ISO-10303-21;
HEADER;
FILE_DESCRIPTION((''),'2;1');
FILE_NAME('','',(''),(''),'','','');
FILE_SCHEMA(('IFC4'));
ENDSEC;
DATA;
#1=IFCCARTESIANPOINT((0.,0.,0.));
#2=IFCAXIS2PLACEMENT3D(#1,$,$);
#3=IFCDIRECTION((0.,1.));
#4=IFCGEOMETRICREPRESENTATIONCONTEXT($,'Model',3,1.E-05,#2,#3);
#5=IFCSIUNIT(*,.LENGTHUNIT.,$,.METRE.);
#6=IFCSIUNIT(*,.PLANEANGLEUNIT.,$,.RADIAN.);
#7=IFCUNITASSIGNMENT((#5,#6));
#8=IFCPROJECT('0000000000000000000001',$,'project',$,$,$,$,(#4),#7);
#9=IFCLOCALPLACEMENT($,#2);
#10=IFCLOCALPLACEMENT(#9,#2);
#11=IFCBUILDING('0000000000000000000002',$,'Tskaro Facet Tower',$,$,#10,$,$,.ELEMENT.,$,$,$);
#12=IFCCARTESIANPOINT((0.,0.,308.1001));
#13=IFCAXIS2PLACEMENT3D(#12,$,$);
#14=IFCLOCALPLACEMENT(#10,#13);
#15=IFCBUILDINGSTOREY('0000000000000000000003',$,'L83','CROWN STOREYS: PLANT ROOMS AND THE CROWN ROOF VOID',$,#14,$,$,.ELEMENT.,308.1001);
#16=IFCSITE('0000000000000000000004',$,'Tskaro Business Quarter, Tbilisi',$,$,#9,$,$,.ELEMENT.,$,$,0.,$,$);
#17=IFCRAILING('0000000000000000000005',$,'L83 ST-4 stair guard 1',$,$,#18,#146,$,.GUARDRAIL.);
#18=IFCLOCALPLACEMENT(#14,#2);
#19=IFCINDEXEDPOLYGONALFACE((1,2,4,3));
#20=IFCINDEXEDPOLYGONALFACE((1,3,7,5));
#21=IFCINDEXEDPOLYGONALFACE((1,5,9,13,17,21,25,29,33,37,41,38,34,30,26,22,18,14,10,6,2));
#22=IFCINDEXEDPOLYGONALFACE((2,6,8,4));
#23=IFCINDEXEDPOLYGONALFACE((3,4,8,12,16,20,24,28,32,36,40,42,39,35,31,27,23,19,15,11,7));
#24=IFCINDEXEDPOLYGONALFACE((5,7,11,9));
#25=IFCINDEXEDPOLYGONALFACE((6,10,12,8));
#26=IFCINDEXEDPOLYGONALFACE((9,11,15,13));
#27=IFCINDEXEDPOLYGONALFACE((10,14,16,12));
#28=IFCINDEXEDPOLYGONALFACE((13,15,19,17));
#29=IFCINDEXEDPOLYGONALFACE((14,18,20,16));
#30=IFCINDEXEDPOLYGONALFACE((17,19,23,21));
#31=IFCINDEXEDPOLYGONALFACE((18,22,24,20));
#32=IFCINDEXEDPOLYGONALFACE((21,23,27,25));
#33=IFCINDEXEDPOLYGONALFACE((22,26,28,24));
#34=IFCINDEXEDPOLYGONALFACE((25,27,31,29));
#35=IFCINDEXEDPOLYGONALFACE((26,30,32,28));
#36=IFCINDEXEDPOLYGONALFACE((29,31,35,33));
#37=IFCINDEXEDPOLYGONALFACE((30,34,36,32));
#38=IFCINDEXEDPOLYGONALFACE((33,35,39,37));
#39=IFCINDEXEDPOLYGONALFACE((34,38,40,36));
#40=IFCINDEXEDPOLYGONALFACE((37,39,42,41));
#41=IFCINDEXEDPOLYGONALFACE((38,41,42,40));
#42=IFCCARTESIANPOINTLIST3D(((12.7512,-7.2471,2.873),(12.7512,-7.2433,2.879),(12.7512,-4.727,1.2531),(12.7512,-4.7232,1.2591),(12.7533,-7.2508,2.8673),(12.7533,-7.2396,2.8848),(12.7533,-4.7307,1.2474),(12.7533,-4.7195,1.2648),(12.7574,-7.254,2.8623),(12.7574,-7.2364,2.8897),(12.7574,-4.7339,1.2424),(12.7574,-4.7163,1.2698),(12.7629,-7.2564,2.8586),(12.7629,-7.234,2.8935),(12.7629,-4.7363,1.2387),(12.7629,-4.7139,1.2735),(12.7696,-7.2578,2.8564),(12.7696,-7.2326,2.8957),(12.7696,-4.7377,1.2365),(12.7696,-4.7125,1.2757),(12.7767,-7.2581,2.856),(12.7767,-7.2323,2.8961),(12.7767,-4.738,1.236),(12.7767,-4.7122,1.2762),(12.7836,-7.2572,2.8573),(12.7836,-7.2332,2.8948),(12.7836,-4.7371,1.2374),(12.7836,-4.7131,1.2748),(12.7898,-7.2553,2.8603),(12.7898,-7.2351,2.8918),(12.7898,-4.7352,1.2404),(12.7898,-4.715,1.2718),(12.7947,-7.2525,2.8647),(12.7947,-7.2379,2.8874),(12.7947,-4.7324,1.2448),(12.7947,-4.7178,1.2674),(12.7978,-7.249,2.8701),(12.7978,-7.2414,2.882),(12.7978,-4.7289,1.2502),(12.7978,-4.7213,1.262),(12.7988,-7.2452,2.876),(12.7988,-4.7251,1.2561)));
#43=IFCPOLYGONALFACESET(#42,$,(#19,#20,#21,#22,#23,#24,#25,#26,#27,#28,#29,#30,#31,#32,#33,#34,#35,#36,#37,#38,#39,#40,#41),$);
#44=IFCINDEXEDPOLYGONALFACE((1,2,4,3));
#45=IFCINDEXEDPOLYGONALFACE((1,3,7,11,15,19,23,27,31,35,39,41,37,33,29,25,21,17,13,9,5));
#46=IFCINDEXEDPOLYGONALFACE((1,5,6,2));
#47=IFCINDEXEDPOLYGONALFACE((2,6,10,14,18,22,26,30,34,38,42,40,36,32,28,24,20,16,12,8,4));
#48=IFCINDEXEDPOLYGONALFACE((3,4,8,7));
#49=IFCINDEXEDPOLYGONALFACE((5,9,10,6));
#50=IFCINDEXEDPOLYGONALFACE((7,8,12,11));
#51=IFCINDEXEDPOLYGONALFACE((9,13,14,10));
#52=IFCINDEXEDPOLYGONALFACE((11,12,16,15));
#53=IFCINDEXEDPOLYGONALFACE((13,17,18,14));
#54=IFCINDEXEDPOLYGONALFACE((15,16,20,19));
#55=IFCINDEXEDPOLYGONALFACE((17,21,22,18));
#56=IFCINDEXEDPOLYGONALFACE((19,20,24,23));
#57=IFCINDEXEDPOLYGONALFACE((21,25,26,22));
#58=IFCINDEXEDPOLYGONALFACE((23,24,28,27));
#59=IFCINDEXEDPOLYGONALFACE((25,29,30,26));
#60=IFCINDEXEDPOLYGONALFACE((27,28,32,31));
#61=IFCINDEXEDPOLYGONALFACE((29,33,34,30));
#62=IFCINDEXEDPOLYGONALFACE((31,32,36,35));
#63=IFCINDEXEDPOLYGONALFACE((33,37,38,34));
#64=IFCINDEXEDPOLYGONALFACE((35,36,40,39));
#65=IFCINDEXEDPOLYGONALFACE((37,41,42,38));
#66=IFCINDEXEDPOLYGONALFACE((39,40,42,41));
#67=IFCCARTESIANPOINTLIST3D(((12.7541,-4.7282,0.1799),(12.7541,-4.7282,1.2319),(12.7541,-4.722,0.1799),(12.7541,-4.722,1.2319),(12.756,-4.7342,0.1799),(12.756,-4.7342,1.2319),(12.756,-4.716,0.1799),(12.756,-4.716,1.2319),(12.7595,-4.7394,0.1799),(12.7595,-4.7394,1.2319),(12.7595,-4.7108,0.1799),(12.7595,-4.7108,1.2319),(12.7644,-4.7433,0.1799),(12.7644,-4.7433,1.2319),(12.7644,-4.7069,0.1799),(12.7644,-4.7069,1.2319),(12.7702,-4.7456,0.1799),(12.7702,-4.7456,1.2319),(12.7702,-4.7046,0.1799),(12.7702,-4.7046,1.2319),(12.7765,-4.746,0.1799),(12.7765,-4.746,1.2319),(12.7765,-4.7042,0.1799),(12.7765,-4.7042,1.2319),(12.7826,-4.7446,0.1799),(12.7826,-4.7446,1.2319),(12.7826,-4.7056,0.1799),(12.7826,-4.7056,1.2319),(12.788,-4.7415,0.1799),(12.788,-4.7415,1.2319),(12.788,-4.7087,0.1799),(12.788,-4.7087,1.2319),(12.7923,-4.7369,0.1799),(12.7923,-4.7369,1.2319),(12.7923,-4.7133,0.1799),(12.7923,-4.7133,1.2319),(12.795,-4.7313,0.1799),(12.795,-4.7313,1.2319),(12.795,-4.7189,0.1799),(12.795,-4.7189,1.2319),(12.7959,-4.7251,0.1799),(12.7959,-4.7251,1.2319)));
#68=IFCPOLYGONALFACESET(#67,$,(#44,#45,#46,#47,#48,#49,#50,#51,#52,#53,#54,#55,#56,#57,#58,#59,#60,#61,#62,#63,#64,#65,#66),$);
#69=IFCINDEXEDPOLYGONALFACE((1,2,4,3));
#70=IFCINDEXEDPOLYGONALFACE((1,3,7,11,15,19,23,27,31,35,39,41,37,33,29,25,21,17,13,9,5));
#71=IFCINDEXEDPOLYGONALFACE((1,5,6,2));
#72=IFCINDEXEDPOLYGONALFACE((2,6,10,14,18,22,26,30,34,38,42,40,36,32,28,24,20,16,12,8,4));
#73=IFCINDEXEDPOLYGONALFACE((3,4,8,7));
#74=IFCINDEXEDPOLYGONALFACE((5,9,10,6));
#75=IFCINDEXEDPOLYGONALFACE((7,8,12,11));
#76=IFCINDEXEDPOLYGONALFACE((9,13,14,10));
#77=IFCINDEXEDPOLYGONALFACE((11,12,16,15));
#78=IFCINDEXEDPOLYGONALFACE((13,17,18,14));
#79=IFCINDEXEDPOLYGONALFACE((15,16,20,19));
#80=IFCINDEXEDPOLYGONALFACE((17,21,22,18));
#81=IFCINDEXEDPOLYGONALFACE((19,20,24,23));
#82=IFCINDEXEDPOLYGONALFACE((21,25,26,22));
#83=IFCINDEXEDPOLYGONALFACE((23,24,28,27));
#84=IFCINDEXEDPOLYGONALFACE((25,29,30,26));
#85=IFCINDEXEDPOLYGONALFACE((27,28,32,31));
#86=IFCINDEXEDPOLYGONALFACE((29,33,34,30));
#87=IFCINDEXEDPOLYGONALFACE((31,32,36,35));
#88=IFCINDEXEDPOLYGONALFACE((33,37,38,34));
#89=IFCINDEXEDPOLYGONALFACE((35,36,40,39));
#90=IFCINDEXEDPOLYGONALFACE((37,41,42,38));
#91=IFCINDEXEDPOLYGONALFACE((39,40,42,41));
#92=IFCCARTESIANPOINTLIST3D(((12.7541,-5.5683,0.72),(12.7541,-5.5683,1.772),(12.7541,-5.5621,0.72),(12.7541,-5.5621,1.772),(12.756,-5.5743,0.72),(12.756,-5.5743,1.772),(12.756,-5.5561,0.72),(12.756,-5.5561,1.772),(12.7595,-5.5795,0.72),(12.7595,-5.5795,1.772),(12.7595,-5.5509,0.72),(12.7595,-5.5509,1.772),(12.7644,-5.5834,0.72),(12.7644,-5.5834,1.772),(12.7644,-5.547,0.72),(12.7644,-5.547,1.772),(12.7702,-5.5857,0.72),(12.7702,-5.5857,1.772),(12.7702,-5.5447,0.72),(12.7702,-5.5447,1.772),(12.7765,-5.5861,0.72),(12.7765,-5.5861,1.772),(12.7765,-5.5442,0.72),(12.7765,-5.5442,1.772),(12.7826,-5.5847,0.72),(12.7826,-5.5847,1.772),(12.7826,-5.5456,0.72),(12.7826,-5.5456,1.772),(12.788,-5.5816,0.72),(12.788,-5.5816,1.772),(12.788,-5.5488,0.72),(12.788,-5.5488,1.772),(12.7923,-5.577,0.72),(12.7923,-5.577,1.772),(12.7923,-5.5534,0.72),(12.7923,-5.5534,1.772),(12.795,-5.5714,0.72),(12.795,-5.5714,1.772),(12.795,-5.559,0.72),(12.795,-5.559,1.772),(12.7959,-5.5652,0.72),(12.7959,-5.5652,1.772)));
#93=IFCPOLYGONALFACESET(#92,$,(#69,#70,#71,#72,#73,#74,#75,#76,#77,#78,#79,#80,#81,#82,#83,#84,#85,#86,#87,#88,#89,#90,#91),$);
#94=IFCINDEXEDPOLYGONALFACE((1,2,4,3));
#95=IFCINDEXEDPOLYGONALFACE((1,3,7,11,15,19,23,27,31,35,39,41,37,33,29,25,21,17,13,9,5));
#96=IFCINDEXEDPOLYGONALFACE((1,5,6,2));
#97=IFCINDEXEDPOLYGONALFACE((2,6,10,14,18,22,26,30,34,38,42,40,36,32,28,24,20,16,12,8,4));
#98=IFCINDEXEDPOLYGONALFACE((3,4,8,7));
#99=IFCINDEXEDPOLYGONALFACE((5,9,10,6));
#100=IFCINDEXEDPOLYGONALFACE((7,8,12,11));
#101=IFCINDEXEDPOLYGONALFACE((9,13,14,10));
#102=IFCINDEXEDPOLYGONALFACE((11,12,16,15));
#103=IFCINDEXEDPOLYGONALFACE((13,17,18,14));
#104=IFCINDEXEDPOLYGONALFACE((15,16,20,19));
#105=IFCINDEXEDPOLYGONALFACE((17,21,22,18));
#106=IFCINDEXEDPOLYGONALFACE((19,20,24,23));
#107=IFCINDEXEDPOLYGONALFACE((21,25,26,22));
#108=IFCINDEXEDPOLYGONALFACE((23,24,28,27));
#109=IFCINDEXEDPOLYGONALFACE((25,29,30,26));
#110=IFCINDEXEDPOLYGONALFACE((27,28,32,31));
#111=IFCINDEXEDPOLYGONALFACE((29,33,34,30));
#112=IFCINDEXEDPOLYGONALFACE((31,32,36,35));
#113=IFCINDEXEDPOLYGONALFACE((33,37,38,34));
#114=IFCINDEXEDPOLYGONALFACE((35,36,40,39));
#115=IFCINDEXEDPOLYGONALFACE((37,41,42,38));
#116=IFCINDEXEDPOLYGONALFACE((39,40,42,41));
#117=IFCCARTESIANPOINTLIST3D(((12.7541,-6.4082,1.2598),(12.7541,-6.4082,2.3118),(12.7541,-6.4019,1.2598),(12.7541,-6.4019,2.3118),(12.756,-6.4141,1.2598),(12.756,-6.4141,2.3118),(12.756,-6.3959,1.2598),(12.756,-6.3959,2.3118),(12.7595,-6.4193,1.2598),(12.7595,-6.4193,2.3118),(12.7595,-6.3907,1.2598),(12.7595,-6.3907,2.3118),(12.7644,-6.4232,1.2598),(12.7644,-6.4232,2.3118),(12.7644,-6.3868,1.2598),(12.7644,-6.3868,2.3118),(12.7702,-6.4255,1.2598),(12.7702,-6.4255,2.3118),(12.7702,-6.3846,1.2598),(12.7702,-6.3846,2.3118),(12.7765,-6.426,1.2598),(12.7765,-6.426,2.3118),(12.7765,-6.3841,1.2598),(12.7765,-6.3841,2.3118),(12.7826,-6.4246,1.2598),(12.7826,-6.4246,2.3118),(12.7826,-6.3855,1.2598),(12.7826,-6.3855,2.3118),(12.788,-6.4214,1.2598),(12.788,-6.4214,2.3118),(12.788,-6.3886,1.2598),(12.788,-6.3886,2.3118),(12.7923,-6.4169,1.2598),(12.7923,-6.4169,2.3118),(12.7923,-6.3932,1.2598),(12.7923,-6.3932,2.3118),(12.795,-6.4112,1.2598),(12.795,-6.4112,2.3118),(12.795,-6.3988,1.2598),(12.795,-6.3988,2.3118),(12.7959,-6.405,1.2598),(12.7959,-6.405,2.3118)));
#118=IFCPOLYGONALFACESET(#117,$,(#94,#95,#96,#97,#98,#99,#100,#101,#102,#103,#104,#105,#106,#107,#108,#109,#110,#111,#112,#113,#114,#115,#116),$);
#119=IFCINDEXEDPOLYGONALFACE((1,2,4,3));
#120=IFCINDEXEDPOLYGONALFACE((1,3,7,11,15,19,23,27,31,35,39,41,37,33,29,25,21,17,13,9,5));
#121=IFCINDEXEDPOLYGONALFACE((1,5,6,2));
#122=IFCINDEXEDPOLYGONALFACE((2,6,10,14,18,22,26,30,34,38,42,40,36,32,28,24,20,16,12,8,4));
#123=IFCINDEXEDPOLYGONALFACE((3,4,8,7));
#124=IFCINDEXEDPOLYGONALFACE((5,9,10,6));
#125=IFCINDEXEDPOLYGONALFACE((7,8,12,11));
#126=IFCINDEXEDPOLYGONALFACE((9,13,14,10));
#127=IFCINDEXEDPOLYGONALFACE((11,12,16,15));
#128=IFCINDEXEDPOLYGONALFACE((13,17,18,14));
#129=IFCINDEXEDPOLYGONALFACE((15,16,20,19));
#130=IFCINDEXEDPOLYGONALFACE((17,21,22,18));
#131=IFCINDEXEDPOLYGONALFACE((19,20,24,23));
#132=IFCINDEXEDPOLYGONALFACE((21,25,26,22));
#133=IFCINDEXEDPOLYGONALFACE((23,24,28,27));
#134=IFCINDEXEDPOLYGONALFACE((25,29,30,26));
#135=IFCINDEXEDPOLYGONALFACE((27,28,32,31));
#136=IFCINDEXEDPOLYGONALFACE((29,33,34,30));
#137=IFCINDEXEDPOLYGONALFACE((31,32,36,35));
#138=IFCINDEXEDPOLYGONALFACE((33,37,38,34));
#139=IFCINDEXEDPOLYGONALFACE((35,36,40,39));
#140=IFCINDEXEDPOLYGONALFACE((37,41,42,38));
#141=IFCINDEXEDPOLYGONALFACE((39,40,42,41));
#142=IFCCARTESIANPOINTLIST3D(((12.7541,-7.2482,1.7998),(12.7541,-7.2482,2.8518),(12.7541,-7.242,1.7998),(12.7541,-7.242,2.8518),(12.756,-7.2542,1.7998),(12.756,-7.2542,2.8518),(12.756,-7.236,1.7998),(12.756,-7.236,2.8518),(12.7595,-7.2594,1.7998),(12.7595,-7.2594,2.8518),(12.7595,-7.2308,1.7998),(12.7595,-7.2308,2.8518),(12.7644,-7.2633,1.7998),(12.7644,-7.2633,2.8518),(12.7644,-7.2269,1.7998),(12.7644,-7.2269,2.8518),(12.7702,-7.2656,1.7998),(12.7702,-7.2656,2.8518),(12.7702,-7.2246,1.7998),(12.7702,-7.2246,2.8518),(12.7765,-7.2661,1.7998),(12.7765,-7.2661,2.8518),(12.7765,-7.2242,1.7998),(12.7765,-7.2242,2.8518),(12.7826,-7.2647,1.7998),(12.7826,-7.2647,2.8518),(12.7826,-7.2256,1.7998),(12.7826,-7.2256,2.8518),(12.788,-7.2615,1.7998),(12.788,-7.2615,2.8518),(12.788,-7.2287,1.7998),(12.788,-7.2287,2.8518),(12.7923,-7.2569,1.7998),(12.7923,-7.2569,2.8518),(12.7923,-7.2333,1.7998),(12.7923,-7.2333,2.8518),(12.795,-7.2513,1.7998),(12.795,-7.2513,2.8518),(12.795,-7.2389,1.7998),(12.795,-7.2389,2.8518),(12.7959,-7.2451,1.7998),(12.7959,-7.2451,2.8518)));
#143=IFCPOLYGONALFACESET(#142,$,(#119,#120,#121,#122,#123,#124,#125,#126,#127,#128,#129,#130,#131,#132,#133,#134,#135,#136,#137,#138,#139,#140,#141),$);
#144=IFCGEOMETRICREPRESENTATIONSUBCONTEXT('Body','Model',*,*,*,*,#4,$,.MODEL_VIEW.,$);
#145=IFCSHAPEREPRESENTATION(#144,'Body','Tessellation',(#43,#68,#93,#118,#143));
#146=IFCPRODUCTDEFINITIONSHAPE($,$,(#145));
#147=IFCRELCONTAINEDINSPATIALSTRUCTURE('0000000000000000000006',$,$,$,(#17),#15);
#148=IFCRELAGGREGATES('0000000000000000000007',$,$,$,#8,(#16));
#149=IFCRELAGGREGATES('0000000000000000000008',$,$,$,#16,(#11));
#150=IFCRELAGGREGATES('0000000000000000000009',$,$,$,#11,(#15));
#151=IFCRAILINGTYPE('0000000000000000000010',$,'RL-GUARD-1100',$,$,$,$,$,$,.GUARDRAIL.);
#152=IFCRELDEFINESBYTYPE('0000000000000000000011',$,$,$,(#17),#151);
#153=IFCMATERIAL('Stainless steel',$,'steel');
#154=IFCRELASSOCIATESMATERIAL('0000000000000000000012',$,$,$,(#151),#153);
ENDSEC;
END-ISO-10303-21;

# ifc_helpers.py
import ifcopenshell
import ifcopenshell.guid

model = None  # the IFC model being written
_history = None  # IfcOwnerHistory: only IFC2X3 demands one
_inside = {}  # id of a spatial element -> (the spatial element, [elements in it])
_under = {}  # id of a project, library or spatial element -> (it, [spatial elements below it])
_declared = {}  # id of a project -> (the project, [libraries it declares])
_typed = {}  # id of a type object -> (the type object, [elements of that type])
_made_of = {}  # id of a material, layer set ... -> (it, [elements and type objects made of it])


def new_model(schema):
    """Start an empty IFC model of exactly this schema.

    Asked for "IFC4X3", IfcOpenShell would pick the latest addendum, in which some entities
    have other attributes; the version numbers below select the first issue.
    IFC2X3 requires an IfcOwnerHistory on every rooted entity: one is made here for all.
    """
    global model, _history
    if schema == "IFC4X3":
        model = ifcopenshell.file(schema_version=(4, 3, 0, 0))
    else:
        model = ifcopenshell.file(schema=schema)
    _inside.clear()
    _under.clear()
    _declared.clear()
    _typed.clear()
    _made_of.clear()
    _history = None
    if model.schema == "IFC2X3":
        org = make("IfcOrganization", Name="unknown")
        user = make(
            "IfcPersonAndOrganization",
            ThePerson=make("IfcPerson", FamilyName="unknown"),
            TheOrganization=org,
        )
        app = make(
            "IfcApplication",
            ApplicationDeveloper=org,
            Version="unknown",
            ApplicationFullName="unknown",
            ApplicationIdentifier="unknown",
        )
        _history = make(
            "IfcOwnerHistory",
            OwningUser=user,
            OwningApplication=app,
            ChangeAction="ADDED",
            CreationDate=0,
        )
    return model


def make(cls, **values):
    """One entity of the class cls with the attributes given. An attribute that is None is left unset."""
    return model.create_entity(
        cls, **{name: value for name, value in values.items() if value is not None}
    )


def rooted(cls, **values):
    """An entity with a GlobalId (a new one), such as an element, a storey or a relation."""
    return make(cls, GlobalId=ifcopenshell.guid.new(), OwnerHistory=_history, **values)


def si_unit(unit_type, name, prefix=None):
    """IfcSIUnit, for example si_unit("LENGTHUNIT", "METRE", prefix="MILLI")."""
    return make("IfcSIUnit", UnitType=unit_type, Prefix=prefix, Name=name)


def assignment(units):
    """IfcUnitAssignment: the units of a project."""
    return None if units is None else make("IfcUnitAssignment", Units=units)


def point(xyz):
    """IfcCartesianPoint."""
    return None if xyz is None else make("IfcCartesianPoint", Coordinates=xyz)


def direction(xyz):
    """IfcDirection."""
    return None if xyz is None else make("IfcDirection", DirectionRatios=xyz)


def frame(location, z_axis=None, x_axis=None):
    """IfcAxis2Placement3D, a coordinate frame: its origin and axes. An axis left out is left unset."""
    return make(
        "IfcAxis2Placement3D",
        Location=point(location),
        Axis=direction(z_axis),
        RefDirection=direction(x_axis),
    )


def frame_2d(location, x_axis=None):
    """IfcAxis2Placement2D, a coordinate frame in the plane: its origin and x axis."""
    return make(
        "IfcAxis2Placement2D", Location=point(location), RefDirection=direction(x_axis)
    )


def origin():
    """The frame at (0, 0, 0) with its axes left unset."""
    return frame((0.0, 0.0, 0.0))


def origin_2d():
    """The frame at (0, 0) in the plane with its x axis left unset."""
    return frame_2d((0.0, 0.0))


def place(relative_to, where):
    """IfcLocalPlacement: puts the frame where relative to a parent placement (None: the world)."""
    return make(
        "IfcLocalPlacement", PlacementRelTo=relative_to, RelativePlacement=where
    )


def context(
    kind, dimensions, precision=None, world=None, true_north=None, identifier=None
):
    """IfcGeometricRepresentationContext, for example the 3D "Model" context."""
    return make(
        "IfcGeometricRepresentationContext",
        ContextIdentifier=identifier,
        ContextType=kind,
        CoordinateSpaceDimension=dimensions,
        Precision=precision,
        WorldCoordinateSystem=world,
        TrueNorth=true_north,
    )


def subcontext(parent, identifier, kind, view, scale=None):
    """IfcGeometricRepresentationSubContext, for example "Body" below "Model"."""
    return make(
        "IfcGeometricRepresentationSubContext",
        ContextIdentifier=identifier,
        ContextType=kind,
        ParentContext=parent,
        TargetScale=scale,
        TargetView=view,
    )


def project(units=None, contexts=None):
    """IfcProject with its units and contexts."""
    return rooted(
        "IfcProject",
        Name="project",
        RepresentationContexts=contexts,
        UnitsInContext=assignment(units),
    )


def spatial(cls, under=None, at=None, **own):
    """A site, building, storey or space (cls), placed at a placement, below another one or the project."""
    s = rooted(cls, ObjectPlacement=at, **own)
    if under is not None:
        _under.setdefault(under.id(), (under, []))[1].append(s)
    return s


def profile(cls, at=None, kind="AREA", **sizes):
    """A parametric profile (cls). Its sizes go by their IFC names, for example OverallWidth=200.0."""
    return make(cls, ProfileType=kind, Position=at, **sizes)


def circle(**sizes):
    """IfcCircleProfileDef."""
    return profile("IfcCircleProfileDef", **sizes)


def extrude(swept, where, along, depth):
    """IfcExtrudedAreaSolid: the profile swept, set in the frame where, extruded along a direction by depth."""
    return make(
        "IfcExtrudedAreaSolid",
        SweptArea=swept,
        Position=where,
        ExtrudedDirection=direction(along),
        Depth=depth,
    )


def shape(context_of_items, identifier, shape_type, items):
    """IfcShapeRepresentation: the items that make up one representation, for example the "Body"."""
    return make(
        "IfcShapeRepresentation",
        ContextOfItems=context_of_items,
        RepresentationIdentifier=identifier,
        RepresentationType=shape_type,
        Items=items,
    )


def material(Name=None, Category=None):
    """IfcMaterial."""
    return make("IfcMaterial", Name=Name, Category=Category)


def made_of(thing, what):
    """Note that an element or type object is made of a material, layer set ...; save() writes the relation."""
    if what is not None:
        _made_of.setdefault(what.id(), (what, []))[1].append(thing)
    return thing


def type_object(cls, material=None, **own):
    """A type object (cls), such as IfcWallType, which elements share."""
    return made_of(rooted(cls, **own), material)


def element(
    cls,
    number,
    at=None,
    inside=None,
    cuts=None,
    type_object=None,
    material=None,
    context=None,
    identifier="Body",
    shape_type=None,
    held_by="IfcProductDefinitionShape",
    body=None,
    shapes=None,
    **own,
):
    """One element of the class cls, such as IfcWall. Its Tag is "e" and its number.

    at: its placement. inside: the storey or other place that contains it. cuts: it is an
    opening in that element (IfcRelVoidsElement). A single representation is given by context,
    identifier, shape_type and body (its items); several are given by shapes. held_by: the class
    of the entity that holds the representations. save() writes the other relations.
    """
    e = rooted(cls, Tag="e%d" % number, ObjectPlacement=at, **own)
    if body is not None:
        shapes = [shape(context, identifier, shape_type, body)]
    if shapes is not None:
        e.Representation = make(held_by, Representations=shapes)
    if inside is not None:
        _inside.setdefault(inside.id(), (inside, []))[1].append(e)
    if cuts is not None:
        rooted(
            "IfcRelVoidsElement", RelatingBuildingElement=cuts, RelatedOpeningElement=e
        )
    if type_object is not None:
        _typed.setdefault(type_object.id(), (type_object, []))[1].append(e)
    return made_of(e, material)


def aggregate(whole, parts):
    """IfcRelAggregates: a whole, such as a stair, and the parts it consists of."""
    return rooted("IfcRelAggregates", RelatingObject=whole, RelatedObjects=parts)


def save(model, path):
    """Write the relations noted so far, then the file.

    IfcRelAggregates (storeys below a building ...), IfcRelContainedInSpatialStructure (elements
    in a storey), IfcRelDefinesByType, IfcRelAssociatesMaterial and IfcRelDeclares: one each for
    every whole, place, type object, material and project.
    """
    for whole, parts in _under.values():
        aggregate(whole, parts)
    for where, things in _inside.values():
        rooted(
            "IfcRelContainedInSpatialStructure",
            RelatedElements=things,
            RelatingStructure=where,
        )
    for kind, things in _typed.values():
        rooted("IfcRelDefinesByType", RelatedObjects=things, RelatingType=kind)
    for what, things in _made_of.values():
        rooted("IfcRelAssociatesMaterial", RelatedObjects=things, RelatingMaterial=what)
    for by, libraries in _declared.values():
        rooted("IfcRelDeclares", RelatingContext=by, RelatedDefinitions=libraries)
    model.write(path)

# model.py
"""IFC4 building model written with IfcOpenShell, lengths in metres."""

from ifc_helpers import new_model, si_unit, direction, frame, origin, origin_2d, place, context, subcontext, project, spatial, circle, extrude, material, type_object, element, save


model = new_model("IFC4")

# Units and contexts
model_context = context("Model", 3, precision=1e-05, world=origin(), true_north=direction((0.0, 1.0)))
body_context = subcontext(model_context, "Body", "Model", "MODEL_VIEW")
ifc_project = project(units=[si_unit("LENGTHUNIT", "METRE"), si_unit("PLANEANGLEUNIT", "RADIAN")], contexts=[model_context])

# Site, building, storey
site_placement = place(None, origin())
site = spatial("IfcSite", under=ifc_project, at=site_placement, Name="Tskaro Business Quarter, Tbilisi", CompositionType="ELEMENT", RefElevation=0.0)
building_placement = place(site_placement, origin())
building = spatial("IfcBuilding", under=site, at=building_placement, Name="Tskaro Facet Tower", CompositionType="ELEMENT")
storey_placement = place(building_placement, frame((0.0, 0.0, 308.1001)))
storey = spatial("IfcBuildingStorey", under=building, at=storey_placement, Name="L83", Description="CROWN STOREYS: PLANT ROOMS AND THE CROWN ROOF VOID", CompositionType="ELEMENT", Elevation=308.1001)

# Railing
ifc_material_1 = material(Name="Stainless steel", Category="steel")
railing_type_1 = type_object("IfcRailingType", Name="RL-GUARD-1100", PredefinedType="GUARDRAIL", material=ifc_material_1)
railing_1_placement = place(storey_placement, frame((12.7749, -4.7251, 0.1799)))
element("IfcRailing", 1, at=railing_1_placement, inside=storey, type_object=railing_type_1, Name="L83 ST-4 stair guard 1", PredefinedType="GUARDRAIL", context=body_context, shape_type="SweptSolid", body=[
    extrude(circle(Radius=0.0239, at=origin_2d()), frame((0.0, 0.0, 1.0762), z_axis=(0.0, -0.8412, 0.540725), x_axis=(1.0, 0.0, 0.0)), (0.0, 0.0, 1.0), 2.9958),
    extrude(circle(Radius=0.021, at=origin_2d()), origin(), (0.0, 0.0, 1.0), 1.052),
    extrude(circle(Radius=0.021, at=origin_2d()), frame((0.0, -0.8401, 0.54)), (0.0, 0.0, 1.0), 1.052),
    extrude(circle(Radius=0.021, at=origin_2d()), frame((0.0, -1.6799, 1.0798)), (0.0, 0.0, 1.0), 1.052),
    extrude(circle(Radius=0.021, at=origin_2d()), frame((0.0, -2.52, 1.6199)), (0.0, 0.0, 1.0), 1.052),
])

save(model, "model.ifc")
